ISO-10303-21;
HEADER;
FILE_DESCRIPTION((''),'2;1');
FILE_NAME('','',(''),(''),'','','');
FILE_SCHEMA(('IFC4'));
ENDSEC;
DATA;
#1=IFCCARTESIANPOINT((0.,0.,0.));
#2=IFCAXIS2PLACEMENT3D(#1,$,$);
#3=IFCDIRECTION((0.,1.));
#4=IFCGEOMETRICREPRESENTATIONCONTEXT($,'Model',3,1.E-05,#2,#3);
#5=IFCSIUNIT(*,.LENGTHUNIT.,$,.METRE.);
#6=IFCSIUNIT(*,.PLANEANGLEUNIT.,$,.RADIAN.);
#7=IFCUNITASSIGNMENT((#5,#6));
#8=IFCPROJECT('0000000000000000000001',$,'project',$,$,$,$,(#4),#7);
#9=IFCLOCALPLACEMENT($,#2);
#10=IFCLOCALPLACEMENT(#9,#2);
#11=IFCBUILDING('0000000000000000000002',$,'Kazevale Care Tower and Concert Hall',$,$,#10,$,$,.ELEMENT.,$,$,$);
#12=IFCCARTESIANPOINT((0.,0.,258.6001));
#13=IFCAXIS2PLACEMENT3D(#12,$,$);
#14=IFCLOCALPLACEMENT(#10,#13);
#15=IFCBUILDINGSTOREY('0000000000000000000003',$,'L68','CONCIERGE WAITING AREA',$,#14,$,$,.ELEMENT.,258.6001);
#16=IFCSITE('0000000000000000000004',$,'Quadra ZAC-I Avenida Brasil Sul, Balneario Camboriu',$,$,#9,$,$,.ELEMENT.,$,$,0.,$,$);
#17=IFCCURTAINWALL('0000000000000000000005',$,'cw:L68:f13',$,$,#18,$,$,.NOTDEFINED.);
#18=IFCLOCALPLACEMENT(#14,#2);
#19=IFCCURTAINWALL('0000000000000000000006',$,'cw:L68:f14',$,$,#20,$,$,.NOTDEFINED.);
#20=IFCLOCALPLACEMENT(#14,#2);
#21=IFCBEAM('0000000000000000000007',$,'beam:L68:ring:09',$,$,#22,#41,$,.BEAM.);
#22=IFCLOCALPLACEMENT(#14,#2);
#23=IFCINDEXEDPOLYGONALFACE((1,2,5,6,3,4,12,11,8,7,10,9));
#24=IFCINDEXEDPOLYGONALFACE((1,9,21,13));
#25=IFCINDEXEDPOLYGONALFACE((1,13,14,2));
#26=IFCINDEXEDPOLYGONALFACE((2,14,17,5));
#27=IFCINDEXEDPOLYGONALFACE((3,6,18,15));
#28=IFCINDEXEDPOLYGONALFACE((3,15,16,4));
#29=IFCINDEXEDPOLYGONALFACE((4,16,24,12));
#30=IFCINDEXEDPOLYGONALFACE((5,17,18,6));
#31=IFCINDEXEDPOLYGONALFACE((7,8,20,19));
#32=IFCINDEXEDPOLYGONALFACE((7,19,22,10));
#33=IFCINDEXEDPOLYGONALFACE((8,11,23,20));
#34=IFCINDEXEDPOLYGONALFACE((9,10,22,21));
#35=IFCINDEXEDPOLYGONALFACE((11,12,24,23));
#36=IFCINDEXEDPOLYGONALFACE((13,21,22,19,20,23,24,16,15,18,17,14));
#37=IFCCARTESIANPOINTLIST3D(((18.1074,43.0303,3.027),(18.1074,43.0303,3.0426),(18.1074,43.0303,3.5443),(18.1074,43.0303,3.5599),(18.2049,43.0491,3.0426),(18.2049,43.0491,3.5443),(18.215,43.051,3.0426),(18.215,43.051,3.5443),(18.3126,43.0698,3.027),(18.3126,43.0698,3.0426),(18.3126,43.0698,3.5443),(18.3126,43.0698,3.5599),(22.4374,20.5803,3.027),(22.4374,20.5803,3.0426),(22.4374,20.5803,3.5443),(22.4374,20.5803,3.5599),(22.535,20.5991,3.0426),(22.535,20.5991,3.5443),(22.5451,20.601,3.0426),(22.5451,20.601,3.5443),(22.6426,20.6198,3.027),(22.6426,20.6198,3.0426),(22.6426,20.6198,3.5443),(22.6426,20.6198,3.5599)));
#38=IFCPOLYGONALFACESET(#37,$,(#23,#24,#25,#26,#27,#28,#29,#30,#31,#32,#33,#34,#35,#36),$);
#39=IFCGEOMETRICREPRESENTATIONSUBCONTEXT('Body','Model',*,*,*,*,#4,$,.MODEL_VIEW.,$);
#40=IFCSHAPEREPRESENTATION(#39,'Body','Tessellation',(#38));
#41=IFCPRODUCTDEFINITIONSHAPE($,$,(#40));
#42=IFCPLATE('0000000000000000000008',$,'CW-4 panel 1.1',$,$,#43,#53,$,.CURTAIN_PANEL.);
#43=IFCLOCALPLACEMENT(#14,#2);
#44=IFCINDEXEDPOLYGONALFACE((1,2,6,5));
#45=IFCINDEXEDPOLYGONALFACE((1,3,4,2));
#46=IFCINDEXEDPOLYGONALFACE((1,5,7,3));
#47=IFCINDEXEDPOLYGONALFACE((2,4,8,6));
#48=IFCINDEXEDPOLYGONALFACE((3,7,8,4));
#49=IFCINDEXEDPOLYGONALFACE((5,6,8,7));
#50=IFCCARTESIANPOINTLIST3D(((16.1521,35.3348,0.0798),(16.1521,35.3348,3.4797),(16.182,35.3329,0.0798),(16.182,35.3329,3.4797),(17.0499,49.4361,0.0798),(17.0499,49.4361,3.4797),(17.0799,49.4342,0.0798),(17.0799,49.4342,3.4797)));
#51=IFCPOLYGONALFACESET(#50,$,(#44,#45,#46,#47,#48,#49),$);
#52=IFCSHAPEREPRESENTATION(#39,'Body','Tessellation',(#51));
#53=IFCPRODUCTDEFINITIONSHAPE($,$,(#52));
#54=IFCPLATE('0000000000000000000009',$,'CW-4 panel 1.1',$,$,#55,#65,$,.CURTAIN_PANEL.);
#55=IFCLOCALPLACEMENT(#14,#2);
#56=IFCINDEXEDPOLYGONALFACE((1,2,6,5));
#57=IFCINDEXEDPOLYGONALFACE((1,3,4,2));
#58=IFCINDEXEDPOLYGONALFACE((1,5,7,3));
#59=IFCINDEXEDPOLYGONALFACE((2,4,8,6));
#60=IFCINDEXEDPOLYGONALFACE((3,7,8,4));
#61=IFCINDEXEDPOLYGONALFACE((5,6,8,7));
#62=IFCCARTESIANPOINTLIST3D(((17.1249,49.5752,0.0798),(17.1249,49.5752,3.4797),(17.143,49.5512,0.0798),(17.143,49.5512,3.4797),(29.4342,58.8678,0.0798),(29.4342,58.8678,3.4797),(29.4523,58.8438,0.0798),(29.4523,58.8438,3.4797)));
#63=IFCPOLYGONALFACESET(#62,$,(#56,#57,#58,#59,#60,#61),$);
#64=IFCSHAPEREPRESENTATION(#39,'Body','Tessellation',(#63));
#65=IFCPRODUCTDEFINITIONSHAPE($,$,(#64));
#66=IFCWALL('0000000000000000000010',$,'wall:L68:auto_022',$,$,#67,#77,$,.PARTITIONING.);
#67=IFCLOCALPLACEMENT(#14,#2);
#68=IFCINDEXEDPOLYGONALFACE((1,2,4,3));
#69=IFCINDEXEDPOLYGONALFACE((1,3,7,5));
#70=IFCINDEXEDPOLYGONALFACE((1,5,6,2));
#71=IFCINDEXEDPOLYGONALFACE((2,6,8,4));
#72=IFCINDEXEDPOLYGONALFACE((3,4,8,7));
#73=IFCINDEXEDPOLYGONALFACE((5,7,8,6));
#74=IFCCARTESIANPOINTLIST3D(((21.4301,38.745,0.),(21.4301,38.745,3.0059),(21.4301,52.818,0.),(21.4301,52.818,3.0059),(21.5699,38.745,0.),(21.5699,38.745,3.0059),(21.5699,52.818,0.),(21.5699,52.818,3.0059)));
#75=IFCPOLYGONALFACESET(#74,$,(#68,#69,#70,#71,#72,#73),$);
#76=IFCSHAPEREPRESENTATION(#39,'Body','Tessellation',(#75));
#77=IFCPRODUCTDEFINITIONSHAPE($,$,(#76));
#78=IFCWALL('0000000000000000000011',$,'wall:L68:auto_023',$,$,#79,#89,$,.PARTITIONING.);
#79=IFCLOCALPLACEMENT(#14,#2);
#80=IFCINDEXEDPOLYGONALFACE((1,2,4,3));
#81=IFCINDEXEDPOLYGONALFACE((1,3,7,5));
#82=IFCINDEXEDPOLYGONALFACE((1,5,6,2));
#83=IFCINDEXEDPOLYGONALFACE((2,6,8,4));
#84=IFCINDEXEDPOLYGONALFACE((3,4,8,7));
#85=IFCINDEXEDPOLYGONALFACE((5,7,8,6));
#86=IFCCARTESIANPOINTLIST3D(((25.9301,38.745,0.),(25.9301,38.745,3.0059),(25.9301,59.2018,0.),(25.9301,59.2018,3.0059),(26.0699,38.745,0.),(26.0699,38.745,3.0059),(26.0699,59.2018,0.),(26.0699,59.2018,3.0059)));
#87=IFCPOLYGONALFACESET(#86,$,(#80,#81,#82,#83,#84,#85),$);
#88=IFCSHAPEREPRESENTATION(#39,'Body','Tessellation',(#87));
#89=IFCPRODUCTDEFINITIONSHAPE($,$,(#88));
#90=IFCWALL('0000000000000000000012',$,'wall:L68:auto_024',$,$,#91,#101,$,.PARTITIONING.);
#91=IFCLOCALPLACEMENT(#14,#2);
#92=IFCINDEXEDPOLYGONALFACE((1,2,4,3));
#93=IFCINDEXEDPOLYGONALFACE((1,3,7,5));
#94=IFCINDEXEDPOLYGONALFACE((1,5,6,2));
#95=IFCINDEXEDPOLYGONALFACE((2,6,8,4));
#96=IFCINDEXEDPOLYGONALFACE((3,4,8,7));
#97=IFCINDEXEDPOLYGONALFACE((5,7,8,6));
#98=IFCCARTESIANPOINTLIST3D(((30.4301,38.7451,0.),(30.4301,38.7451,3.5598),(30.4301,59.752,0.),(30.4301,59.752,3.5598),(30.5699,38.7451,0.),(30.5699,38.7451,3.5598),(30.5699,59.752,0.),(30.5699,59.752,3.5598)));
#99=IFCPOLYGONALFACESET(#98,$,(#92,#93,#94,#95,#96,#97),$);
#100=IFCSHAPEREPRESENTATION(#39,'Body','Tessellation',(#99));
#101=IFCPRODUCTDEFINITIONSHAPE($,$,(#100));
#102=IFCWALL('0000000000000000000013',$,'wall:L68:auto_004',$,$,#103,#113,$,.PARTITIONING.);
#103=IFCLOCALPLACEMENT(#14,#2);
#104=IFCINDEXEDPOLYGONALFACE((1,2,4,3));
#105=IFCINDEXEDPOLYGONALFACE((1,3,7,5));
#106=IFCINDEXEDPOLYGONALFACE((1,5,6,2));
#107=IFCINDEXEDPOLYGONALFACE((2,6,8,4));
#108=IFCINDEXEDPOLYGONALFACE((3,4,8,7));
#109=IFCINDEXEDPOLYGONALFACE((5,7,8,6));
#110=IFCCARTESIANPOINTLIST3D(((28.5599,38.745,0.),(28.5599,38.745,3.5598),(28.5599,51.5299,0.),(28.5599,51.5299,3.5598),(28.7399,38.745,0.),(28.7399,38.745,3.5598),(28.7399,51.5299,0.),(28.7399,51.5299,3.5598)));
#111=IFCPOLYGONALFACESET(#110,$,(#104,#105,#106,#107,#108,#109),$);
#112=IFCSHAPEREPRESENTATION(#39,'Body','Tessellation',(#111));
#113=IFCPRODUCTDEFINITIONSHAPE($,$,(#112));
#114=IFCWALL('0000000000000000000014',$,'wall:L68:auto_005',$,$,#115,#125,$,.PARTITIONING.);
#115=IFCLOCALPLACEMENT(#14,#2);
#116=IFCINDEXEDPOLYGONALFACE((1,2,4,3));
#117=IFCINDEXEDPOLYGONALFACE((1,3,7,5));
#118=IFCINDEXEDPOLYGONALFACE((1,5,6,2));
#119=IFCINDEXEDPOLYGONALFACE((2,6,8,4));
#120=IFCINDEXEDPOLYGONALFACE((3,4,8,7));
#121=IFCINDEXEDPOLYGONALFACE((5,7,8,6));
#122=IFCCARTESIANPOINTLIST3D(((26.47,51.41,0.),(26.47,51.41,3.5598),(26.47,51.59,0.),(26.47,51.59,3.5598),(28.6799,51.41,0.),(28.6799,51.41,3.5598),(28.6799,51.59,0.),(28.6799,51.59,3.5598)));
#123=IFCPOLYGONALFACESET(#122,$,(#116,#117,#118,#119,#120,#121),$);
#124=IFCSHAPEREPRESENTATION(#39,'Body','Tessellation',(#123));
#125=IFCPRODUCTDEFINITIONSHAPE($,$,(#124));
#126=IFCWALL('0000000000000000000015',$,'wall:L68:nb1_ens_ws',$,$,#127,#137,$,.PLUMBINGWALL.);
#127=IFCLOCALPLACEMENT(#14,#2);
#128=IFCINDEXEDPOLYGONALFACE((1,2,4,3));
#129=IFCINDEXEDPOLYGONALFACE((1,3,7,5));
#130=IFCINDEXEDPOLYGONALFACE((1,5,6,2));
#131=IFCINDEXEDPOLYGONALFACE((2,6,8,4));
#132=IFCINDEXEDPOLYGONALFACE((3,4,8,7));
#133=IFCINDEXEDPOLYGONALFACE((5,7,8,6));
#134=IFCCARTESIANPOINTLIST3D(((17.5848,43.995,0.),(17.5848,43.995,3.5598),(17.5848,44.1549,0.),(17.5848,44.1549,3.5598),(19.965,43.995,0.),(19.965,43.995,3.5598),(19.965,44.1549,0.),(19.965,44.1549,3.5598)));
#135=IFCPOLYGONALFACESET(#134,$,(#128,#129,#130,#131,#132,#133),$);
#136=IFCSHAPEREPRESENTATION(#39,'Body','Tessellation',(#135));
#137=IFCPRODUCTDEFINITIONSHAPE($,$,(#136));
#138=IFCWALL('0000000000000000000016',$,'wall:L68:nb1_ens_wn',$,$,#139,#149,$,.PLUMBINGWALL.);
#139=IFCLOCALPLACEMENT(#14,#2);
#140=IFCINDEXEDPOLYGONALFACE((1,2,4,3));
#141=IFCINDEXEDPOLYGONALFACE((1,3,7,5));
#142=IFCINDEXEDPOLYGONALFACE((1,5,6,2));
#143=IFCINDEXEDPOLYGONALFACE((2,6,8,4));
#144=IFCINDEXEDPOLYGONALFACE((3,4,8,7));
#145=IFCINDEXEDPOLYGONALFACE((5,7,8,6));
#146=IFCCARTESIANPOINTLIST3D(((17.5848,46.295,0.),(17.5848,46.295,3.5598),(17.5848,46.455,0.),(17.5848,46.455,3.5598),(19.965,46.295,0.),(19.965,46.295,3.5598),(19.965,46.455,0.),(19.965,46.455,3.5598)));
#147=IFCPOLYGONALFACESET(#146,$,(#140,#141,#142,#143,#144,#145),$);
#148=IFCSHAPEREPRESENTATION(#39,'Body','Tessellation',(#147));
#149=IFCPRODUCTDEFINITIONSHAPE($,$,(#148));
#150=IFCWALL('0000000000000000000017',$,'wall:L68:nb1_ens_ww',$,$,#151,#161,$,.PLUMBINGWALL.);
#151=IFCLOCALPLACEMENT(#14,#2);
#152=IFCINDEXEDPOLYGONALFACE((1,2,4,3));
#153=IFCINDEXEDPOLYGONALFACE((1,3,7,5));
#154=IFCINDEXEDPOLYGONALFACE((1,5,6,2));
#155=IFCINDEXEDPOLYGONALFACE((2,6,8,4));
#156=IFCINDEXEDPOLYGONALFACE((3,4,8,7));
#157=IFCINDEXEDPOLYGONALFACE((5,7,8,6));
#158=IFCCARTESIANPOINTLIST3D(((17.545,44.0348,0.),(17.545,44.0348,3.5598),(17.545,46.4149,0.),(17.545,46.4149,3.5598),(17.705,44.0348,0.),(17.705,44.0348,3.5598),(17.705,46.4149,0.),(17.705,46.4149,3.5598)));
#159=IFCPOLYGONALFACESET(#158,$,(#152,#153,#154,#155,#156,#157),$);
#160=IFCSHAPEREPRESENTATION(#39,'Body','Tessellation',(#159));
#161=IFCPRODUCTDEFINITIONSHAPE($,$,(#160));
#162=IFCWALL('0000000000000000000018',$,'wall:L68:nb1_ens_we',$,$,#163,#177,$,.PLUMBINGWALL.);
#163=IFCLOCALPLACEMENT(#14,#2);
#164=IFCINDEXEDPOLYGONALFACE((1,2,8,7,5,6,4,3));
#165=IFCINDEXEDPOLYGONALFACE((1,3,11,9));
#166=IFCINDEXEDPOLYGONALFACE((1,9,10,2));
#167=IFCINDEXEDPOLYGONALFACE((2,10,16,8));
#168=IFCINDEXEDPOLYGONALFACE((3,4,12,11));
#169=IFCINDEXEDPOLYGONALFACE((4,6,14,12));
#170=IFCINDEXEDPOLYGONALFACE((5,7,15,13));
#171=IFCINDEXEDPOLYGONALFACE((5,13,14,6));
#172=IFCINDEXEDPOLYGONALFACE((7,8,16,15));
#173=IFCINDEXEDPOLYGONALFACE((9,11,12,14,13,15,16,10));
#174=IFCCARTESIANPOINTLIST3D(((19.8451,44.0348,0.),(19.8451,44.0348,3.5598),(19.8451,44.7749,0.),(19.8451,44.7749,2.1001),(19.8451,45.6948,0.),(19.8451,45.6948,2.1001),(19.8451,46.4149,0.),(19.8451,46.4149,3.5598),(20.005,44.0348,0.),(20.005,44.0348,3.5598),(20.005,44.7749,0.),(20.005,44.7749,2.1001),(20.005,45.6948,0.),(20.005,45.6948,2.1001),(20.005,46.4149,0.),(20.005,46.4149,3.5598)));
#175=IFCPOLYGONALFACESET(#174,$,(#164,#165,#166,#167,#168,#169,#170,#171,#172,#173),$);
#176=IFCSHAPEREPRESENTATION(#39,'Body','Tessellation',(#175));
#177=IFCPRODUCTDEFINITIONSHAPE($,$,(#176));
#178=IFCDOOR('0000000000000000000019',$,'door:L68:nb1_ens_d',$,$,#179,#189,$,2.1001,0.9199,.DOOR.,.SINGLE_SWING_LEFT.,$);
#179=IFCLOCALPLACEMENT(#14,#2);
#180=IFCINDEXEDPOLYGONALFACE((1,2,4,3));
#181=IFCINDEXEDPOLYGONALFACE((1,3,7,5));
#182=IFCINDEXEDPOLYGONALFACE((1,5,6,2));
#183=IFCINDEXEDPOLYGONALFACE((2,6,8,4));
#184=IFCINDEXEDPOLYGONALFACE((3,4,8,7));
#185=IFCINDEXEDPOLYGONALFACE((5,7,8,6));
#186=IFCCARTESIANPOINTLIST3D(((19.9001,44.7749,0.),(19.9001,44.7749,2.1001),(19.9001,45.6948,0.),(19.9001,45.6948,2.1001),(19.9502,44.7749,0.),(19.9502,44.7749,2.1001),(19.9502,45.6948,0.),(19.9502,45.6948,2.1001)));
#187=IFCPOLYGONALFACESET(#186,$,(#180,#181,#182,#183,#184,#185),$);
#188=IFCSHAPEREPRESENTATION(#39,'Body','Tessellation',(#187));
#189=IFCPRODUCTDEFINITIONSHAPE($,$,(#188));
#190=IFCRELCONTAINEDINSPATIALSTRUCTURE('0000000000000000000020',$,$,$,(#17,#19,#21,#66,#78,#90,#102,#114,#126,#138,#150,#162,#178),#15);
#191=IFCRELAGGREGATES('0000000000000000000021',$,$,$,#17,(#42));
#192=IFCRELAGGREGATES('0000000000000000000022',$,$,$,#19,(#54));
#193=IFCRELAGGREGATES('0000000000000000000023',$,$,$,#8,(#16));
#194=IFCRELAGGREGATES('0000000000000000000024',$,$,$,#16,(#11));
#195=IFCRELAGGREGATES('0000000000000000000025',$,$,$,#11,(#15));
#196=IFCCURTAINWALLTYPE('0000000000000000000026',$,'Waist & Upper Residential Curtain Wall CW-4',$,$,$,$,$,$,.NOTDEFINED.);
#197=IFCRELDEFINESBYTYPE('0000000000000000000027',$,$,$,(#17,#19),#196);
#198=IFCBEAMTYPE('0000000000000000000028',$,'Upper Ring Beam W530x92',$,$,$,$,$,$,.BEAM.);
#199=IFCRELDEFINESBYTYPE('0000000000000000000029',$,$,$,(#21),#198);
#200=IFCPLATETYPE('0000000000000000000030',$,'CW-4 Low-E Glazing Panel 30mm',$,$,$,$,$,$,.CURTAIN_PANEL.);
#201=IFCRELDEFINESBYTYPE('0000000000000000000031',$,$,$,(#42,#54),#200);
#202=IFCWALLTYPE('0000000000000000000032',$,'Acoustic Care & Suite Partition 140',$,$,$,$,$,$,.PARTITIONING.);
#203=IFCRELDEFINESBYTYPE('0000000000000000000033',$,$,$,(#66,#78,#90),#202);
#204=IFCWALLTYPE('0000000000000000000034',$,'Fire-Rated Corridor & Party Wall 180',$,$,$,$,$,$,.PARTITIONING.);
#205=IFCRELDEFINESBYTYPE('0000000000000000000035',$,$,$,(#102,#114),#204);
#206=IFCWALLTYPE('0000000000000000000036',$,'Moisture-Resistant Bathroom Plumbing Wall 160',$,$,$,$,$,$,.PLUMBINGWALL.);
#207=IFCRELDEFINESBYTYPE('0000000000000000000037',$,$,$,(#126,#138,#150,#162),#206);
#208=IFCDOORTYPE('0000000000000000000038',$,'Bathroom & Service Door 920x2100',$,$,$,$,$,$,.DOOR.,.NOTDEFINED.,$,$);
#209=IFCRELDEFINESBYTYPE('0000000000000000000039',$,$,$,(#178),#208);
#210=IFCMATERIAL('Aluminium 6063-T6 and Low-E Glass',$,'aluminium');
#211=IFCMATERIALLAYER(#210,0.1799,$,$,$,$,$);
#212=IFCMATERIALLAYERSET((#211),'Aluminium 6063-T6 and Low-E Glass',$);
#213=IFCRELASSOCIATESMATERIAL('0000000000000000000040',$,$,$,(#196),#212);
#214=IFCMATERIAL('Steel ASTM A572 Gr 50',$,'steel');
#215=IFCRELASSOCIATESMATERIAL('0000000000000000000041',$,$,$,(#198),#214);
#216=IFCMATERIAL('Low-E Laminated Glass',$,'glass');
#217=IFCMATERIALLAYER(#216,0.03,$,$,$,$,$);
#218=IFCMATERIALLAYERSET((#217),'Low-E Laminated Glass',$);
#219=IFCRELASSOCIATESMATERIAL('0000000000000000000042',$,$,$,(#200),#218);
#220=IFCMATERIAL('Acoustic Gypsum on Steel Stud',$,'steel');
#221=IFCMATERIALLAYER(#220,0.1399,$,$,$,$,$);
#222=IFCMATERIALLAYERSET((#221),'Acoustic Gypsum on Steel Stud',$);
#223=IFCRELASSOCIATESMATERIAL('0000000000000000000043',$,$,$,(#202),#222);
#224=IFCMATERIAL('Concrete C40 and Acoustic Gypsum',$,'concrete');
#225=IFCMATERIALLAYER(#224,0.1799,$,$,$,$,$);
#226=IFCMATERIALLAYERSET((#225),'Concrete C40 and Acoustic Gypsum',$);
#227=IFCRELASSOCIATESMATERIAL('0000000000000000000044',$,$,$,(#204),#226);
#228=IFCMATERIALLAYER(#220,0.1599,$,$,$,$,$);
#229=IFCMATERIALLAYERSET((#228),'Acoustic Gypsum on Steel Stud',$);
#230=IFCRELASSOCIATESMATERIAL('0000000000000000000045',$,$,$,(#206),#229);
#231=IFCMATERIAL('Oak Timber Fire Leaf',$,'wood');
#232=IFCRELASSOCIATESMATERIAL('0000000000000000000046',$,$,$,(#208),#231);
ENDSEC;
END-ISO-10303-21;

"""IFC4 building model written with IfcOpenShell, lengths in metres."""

from ifc_helpers import new_model, si_unit, direction, frame, frame_2d, origin, origin_2d, place, context, subcontext, project, spatial, rectangle, i_section, extrude, material, layer, layer_set, material_profile, profile_set, type_object, element, fill, aggregate, save


model = new_model("IFC4")

# Units and contexts
model_context = context("Model", 3, precision=1e-05, world=origin(), true_north=direction((0.0, 1.0)))
body_context = subcontext(model_context, "Body", "Model", "MODEL_VIEW")
ifc_project = project(units=[si_unit("LENGTHUNIT", "METRE"), si_unit("PLANEANGLEUNIT", "RADIAN")], contexts=[model_context])

# Site, building, storey
site_placement = place(None, origin())
site = spatial("IfcSite", under=ifc_project, at=site_placement, Name="Quadra ZAC-I Avenida Brasil Sul, Balneario Camboriu", CompositionType="ELEMENT", RefElevation=0.0)
building_placement = place(site_placement, origin())
building = spatial("IfcBuilding", under=site, at=building_placement, Name="Kazevale Care Tower and Concert Hall", CompositionType="ELEMENT")
storey_placement = place(building_placement, frame((0.0, 0.0, 258.6001)))
storey = spatial("IfcBuildingStorey", under=building, at=storey_placement, Name="L68", Description="CONCIERGE WAITING AREA", CompositionType="ELEMENT", Elevation=258.6001)

# Curtain wall
ifc_material_1 = material(Name="Aluminium 6063-T6 and Low-E Glass", Category="aluminium")
ifc_layer_1 = layer(ifc_material_1, 0.1799)
ifc_layer_set_1 = layer_set([ifc_layer_1], Name="Aluminium 6063-T6 and Low-E Glass")
curtain_wall_type = type_object("IfcCurtainWallType", Name="Waist & Upper Residential Curtain Wall CW-4", PredefinedType="NOTDEFINED", material=ifc_layer_set_1)
curtain_wall_1_placement = place(storey_placement, origin())
curtain_wall_1 = element("IfcCurtainWall", 1, at=curtain_wall_1_placement, inside=storey, type_object=curtain_wall_type, Name="cw:L68:f13", PredefinedType="NOTDEFINED")

# Curtain wall
curtain_wall_2_placement = place(storey_placement, origin())
curtain_wall_2 = element("IfcCurtainWall", 2, at=curtain_wall_2_placement, inside=storey, type_object=curtain_wall_type, Name="cw:L68:f14", PredefinedType="NOTDEFINED")

# Beam
ifc_material_2 = material(Name="Steel ASTM A572 Gr 50", Category="steel")
ifc_material_profile_1 = material_profile(ifc_material_2, i_section(OverallWidth=0.209, OverallDepth=0.533, WebThickness=0.0103, FlangeThickness=0.0156, at=origin_2d()), Name="W530x92")
ifc_profile_set_1 = profile_set([ifc_material_profile_1], Name="Steel ASTM A572 Gr 50")
beam_type_1 = type_object("IfcBeamType", Name="Upper Ring Beam W530x92", PredefinedType="BEAM", material=ifc_profile_set_1)
beam_1_placement = place(storey_placement, frame((18.21, 43.05, 3.2935), z_axis=(0.189386, -0.981903, 0.0), x_axis=(0.981903, 0.189386, 0.0)))
element("IfcBeam", 3, at=beam_1_placement, inside=storey, type_object=beam_type_1, Name="beam:L68:ring:09", PredefinedType="BEAM", context=body_context, shape_type="SweptSolid", body=[
    extrude(i_section(OverallWidth=0.209, OverallDepth=0.533, WebThickness=0.0103, FlangeThickness=0.0156, at=origin_2d()), origin(), (0.0, 0.0, 1.0), 22.8638),
])

# Plates
ifc_material_3 = material(Name="Low-E Laminated Glass", Category="glass")
ifc_layer_2 = layer(ifc_material_3, 0.03)
ifc_layer_set_2 = layer_set([ifc_layer_2], Name="Low-E Laminated Glass")
plate_type = type_object("IfcPlateType", Name="CW-4 Low-E Glazing Panel 30mm", PredefinedType="CURTAIN_PANEL", material=ifc_layer_set_2)
plate_1_placement = place(storey_placement, frame((16.616, 42.3845, 0.0798), z_axis=(0.0, 0.0, 1.0), x_axis=(0.063541, 0.997979, 0.0)))
plate_1 = element("IfcPlate", 4, at=plate_1_placement, type_object=plate_type, Name="CW-4 panel 1.1", PredefinedType="CURTAIN_PANEL", context=body_context, shape_type="SweptSolid", body=[
    extrude(rectangle(XDim=14.1299, YDim=0.03, at=origin_2d()), origin(), (0.0, 0.0, 1.0), 3.3999),
])
aggregate(curtain_wall_1, [plate_1])
plate_2_placement = place(storey_placement, frame((23.2886, 54.2095, 0.0798), z_axis=(0.0, 0.0, 1.0), x_axis=(0.798109, 0.602513, 0.0)))
plate_2 = element("IfcPlate", 5, at=plate_2_placement, type_object=plate_type, Name="CW-4 panel 1.1", PredefinedType="CURTAIN_PANEL", context=body_context, shape_type="SweptSolid", body=[
    extrude(rectangle(XDim=15.4231, YDim=0.03, at=origin_2d()), origin(), (0.0, 0.0, 1.0), 3.3999),
])
aggregate(curtain_wall_2, [plate_2])

# Walls
ifc_material_4 = material(Name="Acoustic Gypsum on Steel Stud", Category="steel")
ifc_layer_3 = layer(ifc_material_4, 0.1399)
ifc_layer_set_3 = layer_set([ifc_layer_3], Name="Acoustic Gypsum on Steel Stud")
wall_type_1 = type_object("IfcWallType", Name="Acoustic Care & Suite Partition 140", PredefinedType="PARTITIONING", material=ifc_layer_set_3)
wall_1_placement = place(storey_placement, frame((21.5, 52.8181, 0.0), z_axis=(0.0, 0.0, 1.0), x_axis=(0.0, -1.0, 0.0)))
element("IfcWall", 6, at=wall_1_placement, inside=storey, type_object=wall_type_1, Name="wall:L68:auto_022", PredefinedType="PARTITIONING", context=body_context, shape_type="SweptSolid", body=[
    extrude(rectangle(XDim=14.073, YDim=0.1399, at=frame_2d((7.0366, 0.0))), origin(), (0.0, 0.0, 1.0), 3.0059),
])
wall_2_placement = place(storey_placement, frame((26.0, 59.2019, 0.0), z_axis=(0.0, 0.0, 1.0), x_axis=(0.0, -1.0, 0.0)))
element("IfcWall", 7, at=wall_2_placement, inside=storey, type_object=wall_type_1, Name="wall:L68:auto_023", PredefinedType="PARTITIONING", context=body_context, shape_type="SweptSolid", body=[
    extrude(rectangle(XDim=20.4568, YDim=0.1399, at=frame_2d((10.2285, 0.0))), origin(), (0.0, 0.0, 1.0), 3.0059),
])
wall_3_placement = place(storey_placement, frame((30.5, 59.752, 0.0), z_axis=(0.0, 0.0, 1.0), x_axis=(0.0, -1.0, 0.0)))
element("IfcWall", 8, at=wall_3_placement, inside=storey, type_object=wall_type_1, Name="wall:L68:auto_024", PredefinedType="PARTITIONING", context=body_context, shape_type="SweptSolid", body=[
    extrude(rectangle(XDim=21.0068, YDim=0.1399, at=frame_2d((10.5034, 0.0))), origin(), (0.0, 0.0, 1.0), 3.5598),
])
ifc_material_5 = material(Name="Concrete C40 and Acoustic Gypsum", Category="concrete")
ifc_layer_4 = layer(ifc_material_5, 0.1799)
ifc_layer_set_4 = layer_set([ifc_layer_4], Name="Concrete C40 and Acoustic Gypsum")
wall_type_2 = type_object("IfcWallType", Name="Fire-Rated Corridor & Party Wall 180", PredefinedType="PARTITIONING", material=ifc_layer_set_4)
wall_4_placement = place(storey_placement, frame((28.6499, 51.53, 0.0), z_axis=(0.0, 0.0, 1.0), x_axis=(0.0, -1.0, 0.0)))
element("IfcWall", 9, at=wall_4_placement, inside=storey, type_object=wall_type_2, Name="wall:L68:auto_004", PredefinedType="PARTITIONING", context=body_context, shape_type="SweptSolid", body=[
    extrude(rectangle(XDim=12.7849, YDim=0.1799, at=frame_2d((6.3926, 0.0))), origin(), (0.0, 0.0, 1.0), 3.5598),
])
wall_5_placement = place(storey_placement, frame((26.47, 51.5, 0.0), z_axis=(0.0, 0.0, 1.0), x_axis=(1.0, 0.0, 0.0)))
element("IfcWall", 10, at=wall_5_placement, inside=storey, type_object=wall_type_2, Name="wall:L68:auto_005", PredefinedType="PARTITIONING", context=body_context, shape_type="SweptSolid", body=[
    extrude(rectangle(XDim=2.21, YDim=0.1799, at=frame_2d((1.105, 0.0))), origin(), (0.0, 0.0, 1.0), 3.5598),
])
ifc_layer_5 = layer(ifc_material_4, 0.1599)
ifc_layer_set_5 = layer_set([ifc_layer_5], Name="Acoustic Gypsum on Steel Stud")
wall_type_3 = type_object("IfcWallType", Name="Moisture-Resistant Bathroom Plumbing Wall 160", PredefinedType="PLUMBINGWALL", material=ifc_layer_set_5)
for number, where, z_axis, x_axis, name in (
    (11, (17.585, 44.075, 0.0), (0.0, 0.0, 1.0), (1.0, 0.0, 0.0), "wall:L68:nb1_ens_ws"),
    (12, (17.585, 46.375, 0.0), (0.0, 0.0, 1.0), (1.0, 0.0, 0.0), "wall:L68:nb1_ens_wn"),
    (13, (17.625, 44.0349, 0.0), (0.0, 0.0, 1.0), (0.0, 1.0, 0.0), "wall:L68:nb1_ens_ww"),
):
    element("IfcWall", number, at=place(storey_placement, frame(where, z_axis=z_axis, x_axis=x_axis)), inside=storey, type_object=wall_type_3, Name=name, PredefinedType="PLUMBINGWALL", context=body_context, shape_type="SweptSolid", body=[
        extrude(rectangle(XDim=2.3801, YDim=0.1599, at=frame_2d((1.1899, 0.0))), origin(), (0.0, 0.0, 1.0), 3.5598),
    ])

# Wall, opening, door
wall_6_placement = place(storey_placement, frame((19.925, 44.0349, 0.0), z_axis=(0.0, 0.0, 1.0), x_axis=(0.0, 1.0, 0.0)))
wall_6 = element("IfcWall", 14, at=wall_6_placement, inside=storey, type_object=wall_type_3, Name="wall:L68:nb1_ens_we", PredefinedType="PLUMBINGWALL", context=body_context, shape_type="SweptSolid", body=[
    extrude(rectangle(XDim=2.3801, YDim=0.1599, at=frame_2d((1.1899, 0.0))), origin(), (0.0, 0.0, 1.0), 3.5598),
])
opening_1_placement = place(wall_6_placement, frame((0.74, 0.0, 0.0)))
opening_1 = element("IfcOpeningElement", 15, at=opening_1_placement, cuts=wall_6, PredefinedType="OPENING", context=body_context, shape_type="SweptSolid", body=[
    extrude(rectangle(XDim=0.9199, YDim=2.1001, at=frame_2d((0.46, 1.05))), frame((0.0, 0.0898, 0.0), z_axis=(0.0, -1.0, 0.0), x_axis=(1.0, 0.0, 0.0)), (0.0, 0.0, 1.0), 0.1799),
])
ifc_material_6 = material(Name="Oak Timber Fire Leaf", Category="wood")
door_type = type_object("IfcDoorType", Name="Bathroom & Service Door 920x2100", OperationType="NOTDEFINED", PredefinedType="DOOR", material=ifc_material_6)
door_1_placement = place(opening_1_placement, origin())
door_1 = element("IfcDoor", 16, at=door_1_placement, inside=storey, type_object=door_type, Name="door:L68:nb1_ens_d", OperationType="SINGLE_SWING_LEFT", OverallHeight=2.1001, OverallWidth=0.9199, PredefinedType="DOOR", context=body_context, shape_type="SweptSolid", body=[
    extrude(rectangle(XDim=0.9199, YDim=2.1001, at=frame_2d((0.46, 1.05))), frame((0.0, 0.0249, 0.0), z_axis=(0.0, -1.0, 0.0), x_axis=(1.0, 0.0, 0.0)), (0.0, 0.0, 1.0), 0.05),
])
fill(opening_1, door_1)

save(model, "model.ifc")
